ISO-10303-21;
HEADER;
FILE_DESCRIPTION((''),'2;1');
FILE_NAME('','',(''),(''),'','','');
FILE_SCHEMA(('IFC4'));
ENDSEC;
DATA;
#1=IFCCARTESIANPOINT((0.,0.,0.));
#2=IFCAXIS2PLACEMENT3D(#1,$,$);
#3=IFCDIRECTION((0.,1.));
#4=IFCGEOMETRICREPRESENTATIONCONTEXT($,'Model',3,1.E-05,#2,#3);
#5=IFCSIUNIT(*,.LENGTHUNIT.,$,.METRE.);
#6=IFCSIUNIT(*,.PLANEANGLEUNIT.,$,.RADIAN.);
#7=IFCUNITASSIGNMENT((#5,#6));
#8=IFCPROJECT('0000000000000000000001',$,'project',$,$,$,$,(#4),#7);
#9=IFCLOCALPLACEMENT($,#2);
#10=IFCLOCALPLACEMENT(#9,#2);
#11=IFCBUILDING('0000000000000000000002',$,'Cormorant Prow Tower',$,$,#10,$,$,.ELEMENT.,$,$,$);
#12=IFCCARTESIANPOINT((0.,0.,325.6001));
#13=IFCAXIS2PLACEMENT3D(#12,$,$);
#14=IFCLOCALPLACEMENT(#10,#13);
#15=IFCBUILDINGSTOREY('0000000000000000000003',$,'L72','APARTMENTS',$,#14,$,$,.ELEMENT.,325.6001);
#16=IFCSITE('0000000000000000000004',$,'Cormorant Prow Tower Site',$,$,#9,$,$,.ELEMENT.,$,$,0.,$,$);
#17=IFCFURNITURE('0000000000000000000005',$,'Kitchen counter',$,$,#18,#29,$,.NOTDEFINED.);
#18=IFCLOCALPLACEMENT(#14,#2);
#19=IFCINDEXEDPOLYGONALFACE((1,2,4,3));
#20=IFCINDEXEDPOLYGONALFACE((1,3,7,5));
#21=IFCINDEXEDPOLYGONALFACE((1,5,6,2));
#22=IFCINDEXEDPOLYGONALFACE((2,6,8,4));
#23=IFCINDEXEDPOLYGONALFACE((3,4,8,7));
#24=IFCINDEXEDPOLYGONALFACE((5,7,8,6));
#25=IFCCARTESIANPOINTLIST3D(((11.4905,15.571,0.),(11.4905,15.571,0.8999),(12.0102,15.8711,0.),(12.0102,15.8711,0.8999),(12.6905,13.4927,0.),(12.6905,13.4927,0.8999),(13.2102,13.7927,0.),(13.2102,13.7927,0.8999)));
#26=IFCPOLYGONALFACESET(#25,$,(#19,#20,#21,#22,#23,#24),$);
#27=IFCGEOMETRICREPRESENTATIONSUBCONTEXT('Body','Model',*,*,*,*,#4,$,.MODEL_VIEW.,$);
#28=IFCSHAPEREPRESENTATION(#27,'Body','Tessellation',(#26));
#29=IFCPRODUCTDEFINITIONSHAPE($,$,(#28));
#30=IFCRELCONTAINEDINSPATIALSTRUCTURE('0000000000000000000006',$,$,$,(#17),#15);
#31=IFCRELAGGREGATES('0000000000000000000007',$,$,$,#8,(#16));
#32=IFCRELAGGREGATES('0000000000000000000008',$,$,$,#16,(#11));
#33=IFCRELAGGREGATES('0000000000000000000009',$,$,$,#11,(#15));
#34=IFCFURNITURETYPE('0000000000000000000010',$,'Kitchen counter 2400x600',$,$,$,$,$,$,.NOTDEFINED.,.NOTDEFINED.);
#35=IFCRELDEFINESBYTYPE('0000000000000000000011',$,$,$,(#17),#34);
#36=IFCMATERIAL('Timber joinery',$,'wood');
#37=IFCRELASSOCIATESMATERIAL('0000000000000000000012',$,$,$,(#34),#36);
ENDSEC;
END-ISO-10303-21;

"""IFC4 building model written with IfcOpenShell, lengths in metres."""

from ifc_helpers import new_model, si_unit, direction, frame, origin, origin_2d, place, context, subcontext, project, spatial, rectangle, extrude, material, type_object, element, save


model = new_model("IFC4")

# Units and contexts
model_context = context("Model", 3, precision=1e-05, world=origin(), true_north=direction((0.0, 1.0)))
body_context = subcontext(model_context, "Body", "Model", "MODEL_VIEW")
ifc_project = project(units=[si_unit("LENGTHUNIT", "METRE"), si_unit("PLANEANGLEUNIT", "RADIAN")], contexts=[model_context])

# Site, building, storey
site_placement = place(None, origin())
site = spatial("IfcSite", under=ifc_project, at=site_placement, Name="Cormorant Prow Tower Site", CompositionType="ELEMENT", RefElevation=0.0)
building_placement = place(site_placement, origin())
building = spatial("IfcBuilding", under=site, at=building_placement, Name="Cormorant Prow Tower", CompositionType="ELEMENT")
storey_placement = place(building_placement, frame((0.0, 0.0, 325.6001)))
storey = spatial("IfcBuildingStorey", under=building, at=storey_placement, Name="L72", Description="APARTMENTS", CompositionType="ELEMENT", Elevation=325.6001)

# Furniture
ifc_material_1 = material(Name="Timber joinery", Category="wood")
furniture_type = type_object("IfcFurnitureType", Name="Kitchen counter 2400x600", AssemblyPlace="NOTDEFINED", PredefinedType="NOTDEFINED", material=ifc_material_1)
furniture_placement = place(storey_placement, frame((12.3503, 14.6819, 0.0), z_axis=(0.0, 0.0, 1.0), x_axis=(-0.5, 0.866025, 0.0)))
element("IfcFurniture", 1, at=furniture_placement, inside=storey, type_object=furniture_type, Name="Kitchen counter", PredefinedType="NOTDEFINED", context=body_context, shape_type="SweptSolid", body=[
    extrude(rectangle(XDim=2.3999, YDim=0.6001, at=origin_2d()), origin(), (0.0, 0.0, 1.0), 0.8999),
])

save(model, "model.ifc")
